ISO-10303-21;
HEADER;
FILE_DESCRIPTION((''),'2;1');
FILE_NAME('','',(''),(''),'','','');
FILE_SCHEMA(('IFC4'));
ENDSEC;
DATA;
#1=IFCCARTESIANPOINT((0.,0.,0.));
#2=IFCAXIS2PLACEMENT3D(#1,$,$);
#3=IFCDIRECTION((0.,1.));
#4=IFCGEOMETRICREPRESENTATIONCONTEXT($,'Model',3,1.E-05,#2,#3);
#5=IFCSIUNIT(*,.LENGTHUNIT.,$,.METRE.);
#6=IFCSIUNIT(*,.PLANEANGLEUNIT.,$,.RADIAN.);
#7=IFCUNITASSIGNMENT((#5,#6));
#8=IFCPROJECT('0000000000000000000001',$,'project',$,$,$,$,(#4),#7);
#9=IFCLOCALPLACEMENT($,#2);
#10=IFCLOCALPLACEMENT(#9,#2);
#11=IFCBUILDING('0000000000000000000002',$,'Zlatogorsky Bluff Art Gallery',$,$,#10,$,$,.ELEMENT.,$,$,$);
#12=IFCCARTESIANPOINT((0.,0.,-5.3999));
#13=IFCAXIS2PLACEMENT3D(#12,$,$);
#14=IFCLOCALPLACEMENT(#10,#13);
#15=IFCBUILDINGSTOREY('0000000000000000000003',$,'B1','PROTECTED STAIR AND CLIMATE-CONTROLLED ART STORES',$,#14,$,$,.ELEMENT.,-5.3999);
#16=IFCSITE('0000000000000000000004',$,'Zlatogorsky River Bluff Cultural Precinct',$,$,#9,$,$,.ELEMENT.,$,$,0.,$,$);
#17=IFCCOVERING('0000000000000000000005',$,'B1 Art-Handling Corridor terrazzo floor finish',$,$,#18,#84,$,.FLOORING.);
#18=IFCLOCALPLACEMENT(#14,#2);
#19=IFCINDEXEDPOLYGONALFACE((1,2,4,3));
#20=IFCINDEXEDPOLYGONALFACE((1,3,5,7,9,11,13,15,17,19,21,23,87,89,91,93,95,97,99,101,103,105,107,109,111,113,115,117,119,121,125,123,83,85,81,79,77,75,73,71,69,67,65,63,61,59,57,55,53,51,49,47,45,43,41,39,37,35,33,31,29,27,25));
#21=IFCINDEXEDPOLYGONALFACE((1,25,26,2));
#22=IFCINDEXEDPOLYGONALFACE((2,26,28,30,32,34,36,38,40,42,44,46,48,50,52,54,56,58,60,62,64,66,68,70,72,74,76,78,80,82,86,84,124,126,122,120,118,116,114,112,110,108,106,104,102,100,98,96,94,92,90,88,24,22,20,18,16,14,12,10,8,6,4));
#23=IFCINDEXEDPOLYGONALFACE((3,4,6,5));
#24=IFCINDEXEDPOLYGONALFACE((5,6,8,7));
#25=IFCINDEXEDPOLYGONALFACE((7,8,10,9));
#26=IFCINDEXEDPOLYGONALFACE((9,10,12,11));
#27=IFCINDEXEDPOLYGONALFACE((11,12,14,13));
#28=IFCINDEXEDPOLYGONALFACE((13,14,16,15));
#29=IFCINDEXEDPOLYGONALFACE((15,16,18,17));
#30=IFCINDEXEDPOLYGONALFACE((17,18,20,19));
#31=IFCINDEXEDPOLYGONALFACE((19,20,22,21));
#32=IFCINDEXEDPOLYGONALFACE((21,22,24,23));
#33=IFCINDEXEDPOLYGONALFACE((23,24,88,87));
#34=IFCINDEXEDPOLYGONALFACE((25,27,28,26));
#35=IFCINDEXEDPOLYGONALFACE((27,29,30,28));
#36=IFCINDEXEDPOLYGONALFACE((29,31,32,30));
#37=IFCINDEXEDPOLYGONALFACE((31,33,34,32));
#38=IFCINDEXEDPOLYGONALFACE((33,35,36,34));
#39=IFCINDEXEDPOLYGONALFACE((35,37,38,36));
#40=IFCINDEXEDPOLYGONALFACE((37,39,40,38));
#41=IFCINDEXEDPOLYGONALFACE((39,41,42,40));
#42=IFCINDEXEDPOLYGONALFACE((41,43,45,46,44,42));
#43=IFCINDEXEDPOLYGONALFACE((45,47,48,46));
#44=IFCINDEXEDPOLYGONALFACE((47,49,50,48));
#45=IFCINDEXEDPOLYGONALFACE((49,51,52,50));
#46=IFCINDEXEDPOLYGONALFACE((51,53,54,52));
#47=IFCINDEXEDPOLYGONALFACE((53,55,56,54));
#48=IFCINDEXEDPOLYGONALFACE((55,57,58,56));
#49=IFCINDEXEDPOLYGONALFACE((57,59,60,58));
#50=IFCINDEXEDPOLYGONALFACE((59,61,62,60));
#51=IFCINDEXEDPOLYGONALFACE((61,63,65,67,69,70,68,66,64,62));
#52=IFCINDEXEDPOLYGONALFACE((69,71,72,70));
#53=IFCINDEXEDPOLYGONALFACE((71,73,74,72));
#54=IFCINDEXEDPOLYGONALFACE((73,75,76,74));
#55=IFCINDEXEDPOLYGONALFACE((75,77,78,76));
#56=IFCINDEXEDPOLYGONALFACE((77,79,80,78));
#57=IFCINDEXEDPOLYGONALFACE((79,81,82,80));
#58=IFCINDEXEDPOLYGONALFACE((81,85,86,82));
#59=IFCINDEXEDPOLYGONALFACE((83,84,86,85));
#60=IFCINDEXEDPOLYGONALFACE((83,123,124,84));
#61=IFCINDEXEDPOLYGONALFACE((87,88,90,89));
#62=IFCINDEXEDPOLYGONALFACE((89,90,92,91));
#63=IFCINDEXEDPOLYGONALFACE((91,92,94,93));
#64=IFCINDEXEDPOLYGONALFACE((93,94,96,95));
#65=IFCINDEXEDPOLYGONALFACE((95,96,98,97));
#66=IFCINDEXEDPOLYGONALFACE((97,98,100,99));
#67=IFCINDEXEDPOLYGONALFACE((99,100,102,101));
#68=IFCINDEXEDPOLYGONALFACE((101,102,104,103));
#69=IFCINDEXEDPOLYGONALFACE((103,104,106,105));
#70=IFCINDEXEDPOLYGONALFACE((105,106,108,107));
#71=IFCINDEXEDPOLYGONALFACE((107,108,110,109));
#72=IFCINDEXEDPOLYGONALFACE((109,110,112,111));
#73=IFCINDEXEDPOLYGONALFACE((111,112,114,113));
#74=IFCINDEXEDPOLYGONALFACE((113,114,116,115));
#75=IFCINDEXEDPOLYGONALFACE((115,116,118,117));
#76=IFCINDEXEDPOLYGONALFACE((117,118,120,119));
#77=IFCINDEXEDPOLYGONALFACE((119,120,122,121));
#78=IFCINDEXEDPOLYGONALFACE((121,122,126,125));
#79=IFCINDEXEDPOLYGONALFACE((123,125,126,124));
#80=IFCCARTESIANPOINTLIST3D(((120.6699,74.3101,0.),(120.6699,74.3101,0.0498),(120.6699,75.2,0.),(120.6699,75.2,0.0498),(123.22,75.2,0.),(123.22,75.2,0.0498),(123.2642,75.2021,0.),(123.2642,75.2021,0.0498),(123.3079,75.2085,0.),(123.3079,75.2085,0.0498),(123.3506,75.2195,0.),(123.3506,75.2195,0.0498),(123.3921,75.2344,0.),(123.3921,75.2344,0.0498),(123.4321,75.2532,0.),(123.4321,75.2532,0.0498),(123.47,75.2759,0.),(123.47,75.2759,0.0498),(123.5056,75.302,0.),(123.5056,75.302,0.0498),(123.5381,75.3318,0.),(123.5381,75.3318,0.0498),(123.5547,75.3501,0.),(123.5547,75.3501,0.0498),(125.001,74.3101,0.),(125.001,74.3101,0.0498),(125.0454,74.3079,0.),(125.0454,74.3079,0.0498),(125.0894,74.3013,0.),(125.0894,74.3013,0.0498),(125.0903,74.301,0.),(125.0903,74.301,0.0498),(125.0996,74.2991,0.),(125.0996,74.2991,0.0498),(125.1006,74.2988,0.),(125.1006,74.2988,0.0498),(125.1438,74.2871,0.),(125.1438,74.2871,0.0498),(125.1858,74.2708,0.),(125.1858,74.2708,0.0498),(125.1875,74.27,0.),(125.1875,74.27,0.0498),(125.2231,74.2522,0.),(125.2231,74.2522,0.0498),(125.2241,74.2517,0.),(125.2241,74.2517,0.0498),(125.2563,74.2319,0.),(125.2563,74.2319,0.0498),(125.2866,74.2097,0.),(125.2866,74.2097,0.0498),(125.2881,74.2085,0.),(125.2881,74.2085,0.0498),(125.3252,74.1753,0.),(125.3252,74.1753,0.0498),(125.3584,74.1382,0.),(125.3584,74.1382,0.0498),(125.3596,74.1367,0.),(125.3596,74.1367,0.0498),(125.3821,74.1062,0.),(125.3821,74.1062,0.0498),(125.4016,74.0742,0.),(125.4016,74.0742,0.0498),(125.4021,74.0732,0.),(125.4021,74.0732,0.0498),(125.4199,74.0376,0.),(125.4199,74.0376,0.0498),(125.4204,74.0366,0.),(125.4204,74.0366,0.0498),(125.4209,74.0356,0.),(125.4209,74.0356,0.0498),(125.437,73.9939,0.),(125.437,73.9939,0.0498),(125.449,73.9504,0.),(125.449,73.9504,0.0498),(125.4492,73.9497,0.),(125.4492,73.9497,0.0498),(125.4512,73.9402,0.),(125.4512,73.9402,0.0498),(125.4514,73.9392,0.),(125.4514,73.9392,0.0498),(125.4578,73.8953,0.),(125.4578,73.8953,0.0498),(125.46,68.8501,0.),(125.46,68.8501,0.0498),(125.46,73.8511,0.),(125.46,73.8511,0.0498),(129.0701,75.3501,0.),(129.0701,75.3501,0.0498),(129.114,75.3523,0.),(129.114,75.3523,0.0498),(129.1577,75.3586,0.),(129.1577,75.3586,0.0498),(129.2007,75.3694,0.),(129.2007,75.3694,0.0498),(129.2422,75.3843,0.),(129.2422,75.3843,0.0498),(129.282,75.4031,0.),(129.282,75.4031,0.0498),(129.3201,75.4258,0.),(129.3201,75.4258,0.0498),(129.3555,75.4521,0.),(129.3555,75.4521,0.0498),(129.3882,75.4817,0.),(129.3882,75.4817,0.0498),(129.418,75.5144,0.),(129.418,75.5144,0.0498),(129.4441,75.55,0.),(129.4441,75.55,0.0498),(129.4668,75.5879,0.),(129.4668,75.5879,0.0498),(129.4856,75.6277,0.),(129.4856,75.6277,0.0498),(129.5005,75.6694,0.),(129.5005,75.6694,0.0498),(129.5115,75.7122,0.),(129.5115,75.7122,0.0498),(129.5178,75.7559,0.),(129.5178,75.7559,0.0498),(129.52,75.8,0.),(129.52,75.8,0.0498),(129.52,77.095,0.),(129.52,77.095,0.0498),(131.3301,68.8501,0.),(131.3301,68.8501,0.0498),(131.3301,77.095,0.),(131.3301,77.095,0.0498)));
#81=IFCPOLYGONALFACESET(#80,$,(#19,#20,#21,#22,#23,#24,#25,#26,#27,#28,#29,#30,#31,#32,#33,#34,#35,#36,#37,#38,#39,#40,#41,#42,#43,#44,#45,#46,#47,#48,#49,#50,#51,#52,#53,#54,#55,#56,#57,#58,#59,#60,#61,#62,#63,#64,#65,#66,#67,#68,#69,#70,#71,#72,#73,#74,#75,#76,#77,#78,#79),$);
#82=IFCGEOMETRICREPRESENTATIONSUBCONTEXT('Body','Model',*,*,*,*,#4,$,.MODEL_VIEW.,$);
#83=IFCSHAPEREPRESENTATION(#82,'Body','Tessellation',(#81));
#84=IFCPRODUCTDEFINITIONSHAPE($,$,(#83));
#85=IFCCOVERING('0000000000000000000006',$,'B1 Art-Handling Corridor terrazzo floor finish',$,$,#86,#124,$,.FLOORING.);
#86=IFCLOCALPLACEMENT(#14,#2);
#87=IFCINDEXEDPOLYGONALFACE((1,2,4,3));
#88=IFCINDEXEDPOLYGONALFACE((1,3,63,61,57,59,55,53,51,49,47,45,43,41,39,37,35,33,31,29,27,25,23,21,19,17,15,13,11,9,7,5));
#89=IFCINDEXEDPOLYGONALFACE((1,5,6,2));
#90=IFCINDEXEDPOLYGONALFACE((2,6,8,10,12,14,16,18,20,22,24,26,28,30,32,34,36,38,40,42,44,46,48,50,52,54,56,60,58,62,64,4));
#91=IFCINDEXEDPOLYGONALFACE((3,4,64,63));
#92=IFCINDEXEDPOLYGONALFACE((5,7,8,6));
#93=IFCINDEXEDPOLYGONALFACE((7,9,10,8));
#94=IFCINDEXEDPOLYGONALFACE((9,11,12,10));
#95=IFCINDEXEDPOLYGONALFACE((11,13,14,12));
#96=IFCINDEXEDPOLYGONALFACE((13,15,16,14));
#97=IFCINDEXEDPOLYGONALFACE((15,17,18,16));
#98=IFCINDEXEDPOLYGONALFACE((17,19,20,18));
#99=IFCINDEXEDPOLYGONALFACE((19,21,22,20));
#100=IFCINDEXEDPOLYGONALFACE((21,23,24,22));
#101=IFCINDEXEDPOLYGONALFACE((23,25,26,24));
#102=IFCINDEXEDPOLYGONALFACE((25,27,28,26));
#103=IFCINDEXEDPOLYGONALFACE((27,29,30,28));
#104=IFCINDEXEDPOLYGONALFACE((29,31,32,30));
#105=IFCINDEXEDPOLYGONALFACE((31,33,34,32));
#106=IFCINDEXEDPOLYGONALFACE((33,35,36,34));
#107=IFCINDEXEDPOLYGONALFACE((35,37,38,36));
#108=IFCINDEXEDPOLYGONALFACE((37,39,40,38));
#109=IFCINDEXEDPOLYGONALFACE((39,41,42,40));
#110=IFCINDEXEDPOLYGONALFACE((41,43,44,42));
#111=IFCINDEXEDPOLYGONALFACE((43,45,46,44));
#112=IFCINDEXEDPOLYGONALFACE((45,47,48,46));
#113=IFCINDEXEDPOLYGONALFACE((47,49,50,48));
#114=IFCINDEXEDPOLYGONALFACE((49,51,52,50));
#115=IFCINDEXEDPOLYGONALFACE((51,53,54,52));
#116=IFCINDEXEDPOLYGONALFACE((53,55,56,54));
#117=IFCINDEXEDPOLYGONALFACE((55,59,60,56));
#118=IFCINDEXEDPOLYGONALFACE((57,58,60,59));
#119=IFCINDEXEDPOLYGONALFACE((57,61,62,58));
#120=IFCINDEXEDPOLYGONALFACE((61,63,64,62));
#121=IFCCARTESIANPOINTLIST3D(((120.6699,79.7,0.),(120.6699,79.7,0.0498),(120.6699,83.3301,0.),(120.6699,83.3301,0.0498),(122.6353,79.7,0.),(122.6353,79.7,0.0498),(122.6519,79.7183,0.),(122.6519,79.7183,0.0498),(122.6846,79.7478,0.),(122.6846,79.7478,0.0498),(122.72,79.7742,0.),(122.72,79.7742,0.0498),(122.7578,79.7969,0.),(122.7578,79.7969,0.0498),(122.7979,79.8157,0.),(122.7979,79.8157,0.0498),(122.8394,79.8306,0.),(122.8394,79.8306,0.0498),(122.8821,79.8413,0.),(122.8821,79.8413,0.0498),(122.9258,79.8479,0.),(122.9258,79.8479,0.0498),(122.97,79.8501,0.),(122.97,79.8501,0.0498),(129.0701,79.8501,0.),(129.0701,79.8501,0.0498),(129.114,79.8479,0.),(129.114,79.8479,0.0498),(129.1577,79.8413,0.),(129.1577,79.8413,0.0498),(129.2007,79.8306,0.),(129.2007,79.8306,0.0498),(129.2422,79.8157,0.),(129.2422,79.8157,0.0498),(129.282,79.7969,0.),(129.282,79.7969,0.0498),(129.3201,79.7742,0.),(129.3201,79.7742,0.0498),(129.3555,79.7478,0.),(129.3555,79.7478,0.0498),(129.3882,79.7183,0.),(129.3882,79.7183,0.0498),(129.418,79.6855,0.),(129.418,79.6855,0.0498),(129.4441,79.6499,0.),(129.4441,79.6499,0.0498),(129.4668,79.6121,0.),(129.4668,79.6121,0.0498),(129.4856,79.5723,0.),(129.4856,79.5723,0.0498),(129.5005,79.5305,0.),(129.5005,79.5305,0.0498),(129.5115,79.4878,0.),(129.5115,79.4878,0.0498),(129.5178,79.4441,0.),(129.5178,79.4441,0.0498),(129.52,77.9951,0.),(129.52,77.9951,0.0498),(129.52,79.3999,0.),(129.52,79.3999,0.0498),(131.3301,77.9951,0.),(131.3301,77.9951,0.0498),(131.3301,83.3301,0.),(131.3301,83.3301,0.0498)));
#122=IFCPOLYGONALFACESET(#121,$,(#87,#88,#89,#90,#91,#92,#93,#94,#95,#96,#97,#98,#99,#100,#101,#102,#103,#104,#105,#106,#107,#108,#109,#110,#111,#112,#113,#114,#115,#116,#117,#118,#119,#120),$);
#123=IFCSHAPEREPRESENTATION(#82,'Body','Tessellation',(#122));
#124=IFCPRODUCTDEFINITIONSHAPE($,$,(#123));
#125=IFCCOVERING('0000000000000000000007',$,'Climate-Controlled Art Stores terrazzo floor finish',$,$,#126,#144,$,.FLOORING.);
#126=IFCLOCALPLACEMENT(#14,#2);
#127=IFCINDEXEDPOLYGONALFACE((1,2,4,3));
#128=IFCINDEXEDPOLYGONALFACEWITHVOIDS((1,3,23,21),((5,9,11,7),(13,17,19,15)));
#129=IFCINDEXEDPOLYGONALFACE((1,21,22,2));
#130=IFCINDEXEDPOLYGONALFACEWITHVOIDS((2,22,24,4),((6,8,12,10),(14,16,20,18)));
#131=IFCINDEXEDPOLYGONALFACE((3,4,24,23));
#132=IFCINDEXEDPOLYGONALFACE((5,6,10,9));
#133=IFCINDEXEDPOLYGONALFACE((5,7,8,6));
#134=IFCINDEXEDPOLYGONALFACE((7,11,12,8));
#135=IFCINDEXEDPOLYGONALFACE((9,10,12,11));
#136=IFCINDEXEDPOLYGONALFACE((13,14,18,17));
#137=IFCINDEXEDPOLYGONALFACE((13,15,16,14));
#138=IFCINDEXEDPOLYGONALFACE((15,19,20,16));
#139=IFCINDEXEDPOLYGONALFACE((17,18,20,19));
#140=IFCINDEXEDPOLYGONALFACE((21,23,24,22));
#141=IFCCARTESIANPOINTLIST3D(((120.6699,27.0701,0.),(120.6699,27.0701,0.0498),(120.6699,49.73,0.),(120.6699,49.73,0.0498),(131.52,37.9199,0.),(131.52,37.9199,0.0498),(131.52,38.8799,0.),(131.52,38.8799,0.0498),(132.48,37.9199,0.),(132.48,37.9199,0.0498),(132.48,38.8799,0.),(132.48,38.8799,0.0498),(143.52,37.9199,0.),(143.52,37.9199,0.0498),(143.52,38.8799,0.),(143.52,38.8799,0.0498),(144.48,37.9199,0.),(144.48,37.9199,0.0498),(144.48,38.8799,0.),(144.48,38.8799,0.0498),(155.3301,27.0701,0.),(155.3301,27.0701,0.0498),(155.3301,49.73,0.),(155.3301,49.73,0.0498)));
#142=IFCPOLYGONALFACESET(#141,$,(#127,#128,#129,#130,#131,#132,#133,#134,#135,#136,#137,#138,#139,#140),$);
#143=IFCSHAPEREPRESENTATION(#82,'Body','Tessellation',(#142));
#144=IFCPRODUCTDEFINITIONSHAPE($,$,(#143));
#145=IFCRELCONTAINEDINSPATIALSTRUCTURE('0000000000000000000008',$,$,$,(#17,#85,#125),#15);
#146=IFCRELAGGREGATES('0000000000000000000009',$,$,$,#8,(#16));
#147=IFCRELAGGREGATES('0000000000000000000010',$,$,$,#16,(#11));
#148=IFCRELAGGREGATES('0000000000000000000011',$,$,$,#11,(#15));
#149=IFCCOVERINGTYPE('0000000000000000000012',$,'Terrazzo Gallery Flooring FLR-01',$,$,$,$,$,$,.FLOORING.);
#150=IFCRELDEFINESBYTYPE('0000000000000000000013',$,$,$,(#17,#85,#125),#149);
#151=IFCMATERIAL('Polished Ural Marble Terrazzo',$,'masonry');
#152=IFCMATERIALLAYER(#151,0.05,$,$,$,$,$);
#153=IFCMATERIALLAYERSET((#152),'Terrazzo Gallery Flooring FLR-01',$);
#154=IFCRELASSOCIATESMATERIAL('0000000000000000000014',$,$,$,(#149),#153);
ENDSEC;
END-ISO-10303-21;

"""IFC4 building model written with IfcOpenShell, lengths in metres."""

from ifc_helpers import new_model, si_unit, direction, frame, origin, place, context, subcontext, project, spatial, polyline, outline, extrude, material, layer, layer_set, type_object, element, save


model = new_model("IFC4")

# Units and contexts
model_context = context("Model", 3, precision=1e-05, world=origin(), true_north=direction((0.0, 1.0)))
body_context = subcontext(model_context, "Body", "Model", "MODEL_VIEW")
ifc_project = project(units=[si_unit("LENGTHUNIT", "METRE"), si_unit("PLANEANGLEUNIT", "RADIAN")], contexts=[model_context])

# Site, building, storey
site_placement = place(None, origin())
site = spatial("IfcSite", under=ifc_project, at=site_placement, Name="Zlatogorsky River Bluff Cultural Precinct", CompositionType="ELEMENT", RefElevation=0.0)
building_placement = place(site_placement, origin())
building = spatial("IfcBuilding", under=site, at=building_placement, Name="Zlatogorsky Bluff Art Gallery", CompositionType="ELEMENT")
storey_placement = place(building_placement, frame((0.0, 0.0, -5.3999)))
storey = spatial("IfcBuildingStorey", under=building, at=storey_placement, Name="B1", Description="PROTECTED STAIR AND CLIMATE-CONTROLLED ART STORES", CompositionType="ELEMENT", Elevation=-5.3999)

# Coverings
ifc_material_1 = material(Name="Polished Ural Marble Terrazzo", Category="masonry")
ifc_layer_1 = layer(ifc_material_1, 0.05)
ifc_layer_set_1 = layer_set([ifc_layer_1], Name="Terrazzo Gallery Flooring FLR-01")
covering_type_1 = type_object("IfcCoveringType", Name="Terrazzo Gallery Flooring FLR-01", PredefinedType="FLOORING", material=ifc_layer_set_1)
covering_1_placement = place(storey_placement, origin())
element("IfcCovering", 1, at=covering_1_placement, inside=storey, type_object=covering_type_1, Name="B1 Art-Handling Corridor terrazzo floor finish", PredefinedType="FLOORING", context=body_context, shape_type="SweptSolid", body=[
    extrude(outline(polyline([(123.22, 75.2), (123.2642, 75.2021), (123.3079, 75.2085), (123.3506, 75.2195), (123.3921, 75.2344), (123.4321, 75.2532), (123.47, 75.2759), (123.5056, 75.302), (123.5381, 75.3318), (123.5547, 75.3501), (129.0701, 75.3501), (129.114, 75.3523), (129.1577, 75.3586), (129.2007, 75.3694), (129.2422, 75.3843), (129.282, 75.4031), (129.3201, 75.4258), (129.3555, 75.4521), (129.3882, 75.4817), (129.418, 75.5144), (129.4441, 75.55), (129.4668, 75.5879), (129.4856, 75.6277), (129.5005, 75.6694), (129.5115, 75.7122), (129.5178, 75.7559), (129.52, 75.8), (129.52, 77.095), (131.3301, 77.095), (131.3301, 68.8501), (125.46, 68.8501), (125.46, 73.8511), (125.4578, 73.8953), (125.4514, 73.9392), (125.4512, 73.9402), (125.4492, 73.9497), (125.449, 73.9504), (125.437, 73.9939), (125.4209, 74.0356), (125.4204, 74.0366), (125.4199, 74.0376), (125.4021, 74.0732), (125.4016, 74.0742), (125.3821, 74.1062), (125.3596, 74.1367), (125.3584, 74.1382), (125.3252, 74.1753), (125.2881, 74.2085), (125.2866, 74.2097), (125.2563, 74.2319), (125.2241, 74.2517), (125.2231, 74.2522), (125.1875, 74.27), (125.1858, 74.2708), (125.1438, 74.2871), (125.1006, 74.2988), (125.0996, 74.2991), (125.0903, 74.301), (125.0894, 74.3013), (125.0454, 74.3079), (125.001, 74.3101), (120.6699, 74.3101), (120.6699, 75.2), (123.22, 75.2)])), origin(), (0.0, 0.0, 1.0), 0.0498),
])
covering_2_placement = place(storey_placement, origin())
element("IfcCovering", 2, at=covering_2_placement, inside=storey, type_object=covering_type_1, Name="B1 Art-Handling Corridor terrazzo floor finish", PredefinedType="FLOORING", context=body_context, shape_type="SweptSolid", body=[
    extrude(outline(polyline([(120.6699, 83.3301), (131.3301, 83.3301), (131.3301, 77.9951), (129.52, 77.9951), (129.52, 79.3999), (129.5178, 79.4441), (129.5115, 79.4878), (129.5005, 79.5305), (129.4856, 79.5723), (129.4668, 79.6121), (129.4441, 79.6499), (129.418, 79.6855), (129.3882, 79.7183), (129.3555, 79.7478), (129.3201, 79.7742), (129.282, 79.7969), (129.2422, 79.8157), (129.2007, 79.8306), (129.1577, 79.8413), (129.114, 79.8479), (129.0701, 79.8501), (122.97, 79.8501), (122.9258, 79.8479), (122.8821, 79.8413), (122.8394, 79.8306), (122.7979, 79.8157), (122.7578, 79.7969), (122.72, 79.7742), (122.6846, 79.7478), (122.6519, 79.7183), (122.6353, 79.7), (120.6699, 79.7), (120.6699, 83.3301)])), origin(), (0.0, 0.0, 1.0), 0.0498),
])
covering_3_placement = place(storey_placement, origin())
element("IfcCovering", 3, at=covering_3_placement, inside=storey, type_object=covering_type_1, Name="Climate-Controlled Art Stores terrazzo floor finish", PredefinedType="FLOORING", context=body_context, shape_type="SweptSolid", body=[
    extrude(outline(polyline([(155.3301, 49.73), (155.3301, 27.0701), (120.6699, 27.0701), (120.6699, 49.73), (155.3301, 49.73)]), holes=[polyline([(131.52, 37.9199), (132.48, 37.9199), (132.48, 38.8799), (131.52, 38.8799), (131.52, 37.9199)]), polyline([(143.52, 38.8799), (143.52, 37.9199), (144.48, 37.9199), (144.48, 38.8799), (143.52, 38.8799)])]), origin(), (0.0, 0.0, 1.0), 0.0498),
])

save(model, "model.ifc")
